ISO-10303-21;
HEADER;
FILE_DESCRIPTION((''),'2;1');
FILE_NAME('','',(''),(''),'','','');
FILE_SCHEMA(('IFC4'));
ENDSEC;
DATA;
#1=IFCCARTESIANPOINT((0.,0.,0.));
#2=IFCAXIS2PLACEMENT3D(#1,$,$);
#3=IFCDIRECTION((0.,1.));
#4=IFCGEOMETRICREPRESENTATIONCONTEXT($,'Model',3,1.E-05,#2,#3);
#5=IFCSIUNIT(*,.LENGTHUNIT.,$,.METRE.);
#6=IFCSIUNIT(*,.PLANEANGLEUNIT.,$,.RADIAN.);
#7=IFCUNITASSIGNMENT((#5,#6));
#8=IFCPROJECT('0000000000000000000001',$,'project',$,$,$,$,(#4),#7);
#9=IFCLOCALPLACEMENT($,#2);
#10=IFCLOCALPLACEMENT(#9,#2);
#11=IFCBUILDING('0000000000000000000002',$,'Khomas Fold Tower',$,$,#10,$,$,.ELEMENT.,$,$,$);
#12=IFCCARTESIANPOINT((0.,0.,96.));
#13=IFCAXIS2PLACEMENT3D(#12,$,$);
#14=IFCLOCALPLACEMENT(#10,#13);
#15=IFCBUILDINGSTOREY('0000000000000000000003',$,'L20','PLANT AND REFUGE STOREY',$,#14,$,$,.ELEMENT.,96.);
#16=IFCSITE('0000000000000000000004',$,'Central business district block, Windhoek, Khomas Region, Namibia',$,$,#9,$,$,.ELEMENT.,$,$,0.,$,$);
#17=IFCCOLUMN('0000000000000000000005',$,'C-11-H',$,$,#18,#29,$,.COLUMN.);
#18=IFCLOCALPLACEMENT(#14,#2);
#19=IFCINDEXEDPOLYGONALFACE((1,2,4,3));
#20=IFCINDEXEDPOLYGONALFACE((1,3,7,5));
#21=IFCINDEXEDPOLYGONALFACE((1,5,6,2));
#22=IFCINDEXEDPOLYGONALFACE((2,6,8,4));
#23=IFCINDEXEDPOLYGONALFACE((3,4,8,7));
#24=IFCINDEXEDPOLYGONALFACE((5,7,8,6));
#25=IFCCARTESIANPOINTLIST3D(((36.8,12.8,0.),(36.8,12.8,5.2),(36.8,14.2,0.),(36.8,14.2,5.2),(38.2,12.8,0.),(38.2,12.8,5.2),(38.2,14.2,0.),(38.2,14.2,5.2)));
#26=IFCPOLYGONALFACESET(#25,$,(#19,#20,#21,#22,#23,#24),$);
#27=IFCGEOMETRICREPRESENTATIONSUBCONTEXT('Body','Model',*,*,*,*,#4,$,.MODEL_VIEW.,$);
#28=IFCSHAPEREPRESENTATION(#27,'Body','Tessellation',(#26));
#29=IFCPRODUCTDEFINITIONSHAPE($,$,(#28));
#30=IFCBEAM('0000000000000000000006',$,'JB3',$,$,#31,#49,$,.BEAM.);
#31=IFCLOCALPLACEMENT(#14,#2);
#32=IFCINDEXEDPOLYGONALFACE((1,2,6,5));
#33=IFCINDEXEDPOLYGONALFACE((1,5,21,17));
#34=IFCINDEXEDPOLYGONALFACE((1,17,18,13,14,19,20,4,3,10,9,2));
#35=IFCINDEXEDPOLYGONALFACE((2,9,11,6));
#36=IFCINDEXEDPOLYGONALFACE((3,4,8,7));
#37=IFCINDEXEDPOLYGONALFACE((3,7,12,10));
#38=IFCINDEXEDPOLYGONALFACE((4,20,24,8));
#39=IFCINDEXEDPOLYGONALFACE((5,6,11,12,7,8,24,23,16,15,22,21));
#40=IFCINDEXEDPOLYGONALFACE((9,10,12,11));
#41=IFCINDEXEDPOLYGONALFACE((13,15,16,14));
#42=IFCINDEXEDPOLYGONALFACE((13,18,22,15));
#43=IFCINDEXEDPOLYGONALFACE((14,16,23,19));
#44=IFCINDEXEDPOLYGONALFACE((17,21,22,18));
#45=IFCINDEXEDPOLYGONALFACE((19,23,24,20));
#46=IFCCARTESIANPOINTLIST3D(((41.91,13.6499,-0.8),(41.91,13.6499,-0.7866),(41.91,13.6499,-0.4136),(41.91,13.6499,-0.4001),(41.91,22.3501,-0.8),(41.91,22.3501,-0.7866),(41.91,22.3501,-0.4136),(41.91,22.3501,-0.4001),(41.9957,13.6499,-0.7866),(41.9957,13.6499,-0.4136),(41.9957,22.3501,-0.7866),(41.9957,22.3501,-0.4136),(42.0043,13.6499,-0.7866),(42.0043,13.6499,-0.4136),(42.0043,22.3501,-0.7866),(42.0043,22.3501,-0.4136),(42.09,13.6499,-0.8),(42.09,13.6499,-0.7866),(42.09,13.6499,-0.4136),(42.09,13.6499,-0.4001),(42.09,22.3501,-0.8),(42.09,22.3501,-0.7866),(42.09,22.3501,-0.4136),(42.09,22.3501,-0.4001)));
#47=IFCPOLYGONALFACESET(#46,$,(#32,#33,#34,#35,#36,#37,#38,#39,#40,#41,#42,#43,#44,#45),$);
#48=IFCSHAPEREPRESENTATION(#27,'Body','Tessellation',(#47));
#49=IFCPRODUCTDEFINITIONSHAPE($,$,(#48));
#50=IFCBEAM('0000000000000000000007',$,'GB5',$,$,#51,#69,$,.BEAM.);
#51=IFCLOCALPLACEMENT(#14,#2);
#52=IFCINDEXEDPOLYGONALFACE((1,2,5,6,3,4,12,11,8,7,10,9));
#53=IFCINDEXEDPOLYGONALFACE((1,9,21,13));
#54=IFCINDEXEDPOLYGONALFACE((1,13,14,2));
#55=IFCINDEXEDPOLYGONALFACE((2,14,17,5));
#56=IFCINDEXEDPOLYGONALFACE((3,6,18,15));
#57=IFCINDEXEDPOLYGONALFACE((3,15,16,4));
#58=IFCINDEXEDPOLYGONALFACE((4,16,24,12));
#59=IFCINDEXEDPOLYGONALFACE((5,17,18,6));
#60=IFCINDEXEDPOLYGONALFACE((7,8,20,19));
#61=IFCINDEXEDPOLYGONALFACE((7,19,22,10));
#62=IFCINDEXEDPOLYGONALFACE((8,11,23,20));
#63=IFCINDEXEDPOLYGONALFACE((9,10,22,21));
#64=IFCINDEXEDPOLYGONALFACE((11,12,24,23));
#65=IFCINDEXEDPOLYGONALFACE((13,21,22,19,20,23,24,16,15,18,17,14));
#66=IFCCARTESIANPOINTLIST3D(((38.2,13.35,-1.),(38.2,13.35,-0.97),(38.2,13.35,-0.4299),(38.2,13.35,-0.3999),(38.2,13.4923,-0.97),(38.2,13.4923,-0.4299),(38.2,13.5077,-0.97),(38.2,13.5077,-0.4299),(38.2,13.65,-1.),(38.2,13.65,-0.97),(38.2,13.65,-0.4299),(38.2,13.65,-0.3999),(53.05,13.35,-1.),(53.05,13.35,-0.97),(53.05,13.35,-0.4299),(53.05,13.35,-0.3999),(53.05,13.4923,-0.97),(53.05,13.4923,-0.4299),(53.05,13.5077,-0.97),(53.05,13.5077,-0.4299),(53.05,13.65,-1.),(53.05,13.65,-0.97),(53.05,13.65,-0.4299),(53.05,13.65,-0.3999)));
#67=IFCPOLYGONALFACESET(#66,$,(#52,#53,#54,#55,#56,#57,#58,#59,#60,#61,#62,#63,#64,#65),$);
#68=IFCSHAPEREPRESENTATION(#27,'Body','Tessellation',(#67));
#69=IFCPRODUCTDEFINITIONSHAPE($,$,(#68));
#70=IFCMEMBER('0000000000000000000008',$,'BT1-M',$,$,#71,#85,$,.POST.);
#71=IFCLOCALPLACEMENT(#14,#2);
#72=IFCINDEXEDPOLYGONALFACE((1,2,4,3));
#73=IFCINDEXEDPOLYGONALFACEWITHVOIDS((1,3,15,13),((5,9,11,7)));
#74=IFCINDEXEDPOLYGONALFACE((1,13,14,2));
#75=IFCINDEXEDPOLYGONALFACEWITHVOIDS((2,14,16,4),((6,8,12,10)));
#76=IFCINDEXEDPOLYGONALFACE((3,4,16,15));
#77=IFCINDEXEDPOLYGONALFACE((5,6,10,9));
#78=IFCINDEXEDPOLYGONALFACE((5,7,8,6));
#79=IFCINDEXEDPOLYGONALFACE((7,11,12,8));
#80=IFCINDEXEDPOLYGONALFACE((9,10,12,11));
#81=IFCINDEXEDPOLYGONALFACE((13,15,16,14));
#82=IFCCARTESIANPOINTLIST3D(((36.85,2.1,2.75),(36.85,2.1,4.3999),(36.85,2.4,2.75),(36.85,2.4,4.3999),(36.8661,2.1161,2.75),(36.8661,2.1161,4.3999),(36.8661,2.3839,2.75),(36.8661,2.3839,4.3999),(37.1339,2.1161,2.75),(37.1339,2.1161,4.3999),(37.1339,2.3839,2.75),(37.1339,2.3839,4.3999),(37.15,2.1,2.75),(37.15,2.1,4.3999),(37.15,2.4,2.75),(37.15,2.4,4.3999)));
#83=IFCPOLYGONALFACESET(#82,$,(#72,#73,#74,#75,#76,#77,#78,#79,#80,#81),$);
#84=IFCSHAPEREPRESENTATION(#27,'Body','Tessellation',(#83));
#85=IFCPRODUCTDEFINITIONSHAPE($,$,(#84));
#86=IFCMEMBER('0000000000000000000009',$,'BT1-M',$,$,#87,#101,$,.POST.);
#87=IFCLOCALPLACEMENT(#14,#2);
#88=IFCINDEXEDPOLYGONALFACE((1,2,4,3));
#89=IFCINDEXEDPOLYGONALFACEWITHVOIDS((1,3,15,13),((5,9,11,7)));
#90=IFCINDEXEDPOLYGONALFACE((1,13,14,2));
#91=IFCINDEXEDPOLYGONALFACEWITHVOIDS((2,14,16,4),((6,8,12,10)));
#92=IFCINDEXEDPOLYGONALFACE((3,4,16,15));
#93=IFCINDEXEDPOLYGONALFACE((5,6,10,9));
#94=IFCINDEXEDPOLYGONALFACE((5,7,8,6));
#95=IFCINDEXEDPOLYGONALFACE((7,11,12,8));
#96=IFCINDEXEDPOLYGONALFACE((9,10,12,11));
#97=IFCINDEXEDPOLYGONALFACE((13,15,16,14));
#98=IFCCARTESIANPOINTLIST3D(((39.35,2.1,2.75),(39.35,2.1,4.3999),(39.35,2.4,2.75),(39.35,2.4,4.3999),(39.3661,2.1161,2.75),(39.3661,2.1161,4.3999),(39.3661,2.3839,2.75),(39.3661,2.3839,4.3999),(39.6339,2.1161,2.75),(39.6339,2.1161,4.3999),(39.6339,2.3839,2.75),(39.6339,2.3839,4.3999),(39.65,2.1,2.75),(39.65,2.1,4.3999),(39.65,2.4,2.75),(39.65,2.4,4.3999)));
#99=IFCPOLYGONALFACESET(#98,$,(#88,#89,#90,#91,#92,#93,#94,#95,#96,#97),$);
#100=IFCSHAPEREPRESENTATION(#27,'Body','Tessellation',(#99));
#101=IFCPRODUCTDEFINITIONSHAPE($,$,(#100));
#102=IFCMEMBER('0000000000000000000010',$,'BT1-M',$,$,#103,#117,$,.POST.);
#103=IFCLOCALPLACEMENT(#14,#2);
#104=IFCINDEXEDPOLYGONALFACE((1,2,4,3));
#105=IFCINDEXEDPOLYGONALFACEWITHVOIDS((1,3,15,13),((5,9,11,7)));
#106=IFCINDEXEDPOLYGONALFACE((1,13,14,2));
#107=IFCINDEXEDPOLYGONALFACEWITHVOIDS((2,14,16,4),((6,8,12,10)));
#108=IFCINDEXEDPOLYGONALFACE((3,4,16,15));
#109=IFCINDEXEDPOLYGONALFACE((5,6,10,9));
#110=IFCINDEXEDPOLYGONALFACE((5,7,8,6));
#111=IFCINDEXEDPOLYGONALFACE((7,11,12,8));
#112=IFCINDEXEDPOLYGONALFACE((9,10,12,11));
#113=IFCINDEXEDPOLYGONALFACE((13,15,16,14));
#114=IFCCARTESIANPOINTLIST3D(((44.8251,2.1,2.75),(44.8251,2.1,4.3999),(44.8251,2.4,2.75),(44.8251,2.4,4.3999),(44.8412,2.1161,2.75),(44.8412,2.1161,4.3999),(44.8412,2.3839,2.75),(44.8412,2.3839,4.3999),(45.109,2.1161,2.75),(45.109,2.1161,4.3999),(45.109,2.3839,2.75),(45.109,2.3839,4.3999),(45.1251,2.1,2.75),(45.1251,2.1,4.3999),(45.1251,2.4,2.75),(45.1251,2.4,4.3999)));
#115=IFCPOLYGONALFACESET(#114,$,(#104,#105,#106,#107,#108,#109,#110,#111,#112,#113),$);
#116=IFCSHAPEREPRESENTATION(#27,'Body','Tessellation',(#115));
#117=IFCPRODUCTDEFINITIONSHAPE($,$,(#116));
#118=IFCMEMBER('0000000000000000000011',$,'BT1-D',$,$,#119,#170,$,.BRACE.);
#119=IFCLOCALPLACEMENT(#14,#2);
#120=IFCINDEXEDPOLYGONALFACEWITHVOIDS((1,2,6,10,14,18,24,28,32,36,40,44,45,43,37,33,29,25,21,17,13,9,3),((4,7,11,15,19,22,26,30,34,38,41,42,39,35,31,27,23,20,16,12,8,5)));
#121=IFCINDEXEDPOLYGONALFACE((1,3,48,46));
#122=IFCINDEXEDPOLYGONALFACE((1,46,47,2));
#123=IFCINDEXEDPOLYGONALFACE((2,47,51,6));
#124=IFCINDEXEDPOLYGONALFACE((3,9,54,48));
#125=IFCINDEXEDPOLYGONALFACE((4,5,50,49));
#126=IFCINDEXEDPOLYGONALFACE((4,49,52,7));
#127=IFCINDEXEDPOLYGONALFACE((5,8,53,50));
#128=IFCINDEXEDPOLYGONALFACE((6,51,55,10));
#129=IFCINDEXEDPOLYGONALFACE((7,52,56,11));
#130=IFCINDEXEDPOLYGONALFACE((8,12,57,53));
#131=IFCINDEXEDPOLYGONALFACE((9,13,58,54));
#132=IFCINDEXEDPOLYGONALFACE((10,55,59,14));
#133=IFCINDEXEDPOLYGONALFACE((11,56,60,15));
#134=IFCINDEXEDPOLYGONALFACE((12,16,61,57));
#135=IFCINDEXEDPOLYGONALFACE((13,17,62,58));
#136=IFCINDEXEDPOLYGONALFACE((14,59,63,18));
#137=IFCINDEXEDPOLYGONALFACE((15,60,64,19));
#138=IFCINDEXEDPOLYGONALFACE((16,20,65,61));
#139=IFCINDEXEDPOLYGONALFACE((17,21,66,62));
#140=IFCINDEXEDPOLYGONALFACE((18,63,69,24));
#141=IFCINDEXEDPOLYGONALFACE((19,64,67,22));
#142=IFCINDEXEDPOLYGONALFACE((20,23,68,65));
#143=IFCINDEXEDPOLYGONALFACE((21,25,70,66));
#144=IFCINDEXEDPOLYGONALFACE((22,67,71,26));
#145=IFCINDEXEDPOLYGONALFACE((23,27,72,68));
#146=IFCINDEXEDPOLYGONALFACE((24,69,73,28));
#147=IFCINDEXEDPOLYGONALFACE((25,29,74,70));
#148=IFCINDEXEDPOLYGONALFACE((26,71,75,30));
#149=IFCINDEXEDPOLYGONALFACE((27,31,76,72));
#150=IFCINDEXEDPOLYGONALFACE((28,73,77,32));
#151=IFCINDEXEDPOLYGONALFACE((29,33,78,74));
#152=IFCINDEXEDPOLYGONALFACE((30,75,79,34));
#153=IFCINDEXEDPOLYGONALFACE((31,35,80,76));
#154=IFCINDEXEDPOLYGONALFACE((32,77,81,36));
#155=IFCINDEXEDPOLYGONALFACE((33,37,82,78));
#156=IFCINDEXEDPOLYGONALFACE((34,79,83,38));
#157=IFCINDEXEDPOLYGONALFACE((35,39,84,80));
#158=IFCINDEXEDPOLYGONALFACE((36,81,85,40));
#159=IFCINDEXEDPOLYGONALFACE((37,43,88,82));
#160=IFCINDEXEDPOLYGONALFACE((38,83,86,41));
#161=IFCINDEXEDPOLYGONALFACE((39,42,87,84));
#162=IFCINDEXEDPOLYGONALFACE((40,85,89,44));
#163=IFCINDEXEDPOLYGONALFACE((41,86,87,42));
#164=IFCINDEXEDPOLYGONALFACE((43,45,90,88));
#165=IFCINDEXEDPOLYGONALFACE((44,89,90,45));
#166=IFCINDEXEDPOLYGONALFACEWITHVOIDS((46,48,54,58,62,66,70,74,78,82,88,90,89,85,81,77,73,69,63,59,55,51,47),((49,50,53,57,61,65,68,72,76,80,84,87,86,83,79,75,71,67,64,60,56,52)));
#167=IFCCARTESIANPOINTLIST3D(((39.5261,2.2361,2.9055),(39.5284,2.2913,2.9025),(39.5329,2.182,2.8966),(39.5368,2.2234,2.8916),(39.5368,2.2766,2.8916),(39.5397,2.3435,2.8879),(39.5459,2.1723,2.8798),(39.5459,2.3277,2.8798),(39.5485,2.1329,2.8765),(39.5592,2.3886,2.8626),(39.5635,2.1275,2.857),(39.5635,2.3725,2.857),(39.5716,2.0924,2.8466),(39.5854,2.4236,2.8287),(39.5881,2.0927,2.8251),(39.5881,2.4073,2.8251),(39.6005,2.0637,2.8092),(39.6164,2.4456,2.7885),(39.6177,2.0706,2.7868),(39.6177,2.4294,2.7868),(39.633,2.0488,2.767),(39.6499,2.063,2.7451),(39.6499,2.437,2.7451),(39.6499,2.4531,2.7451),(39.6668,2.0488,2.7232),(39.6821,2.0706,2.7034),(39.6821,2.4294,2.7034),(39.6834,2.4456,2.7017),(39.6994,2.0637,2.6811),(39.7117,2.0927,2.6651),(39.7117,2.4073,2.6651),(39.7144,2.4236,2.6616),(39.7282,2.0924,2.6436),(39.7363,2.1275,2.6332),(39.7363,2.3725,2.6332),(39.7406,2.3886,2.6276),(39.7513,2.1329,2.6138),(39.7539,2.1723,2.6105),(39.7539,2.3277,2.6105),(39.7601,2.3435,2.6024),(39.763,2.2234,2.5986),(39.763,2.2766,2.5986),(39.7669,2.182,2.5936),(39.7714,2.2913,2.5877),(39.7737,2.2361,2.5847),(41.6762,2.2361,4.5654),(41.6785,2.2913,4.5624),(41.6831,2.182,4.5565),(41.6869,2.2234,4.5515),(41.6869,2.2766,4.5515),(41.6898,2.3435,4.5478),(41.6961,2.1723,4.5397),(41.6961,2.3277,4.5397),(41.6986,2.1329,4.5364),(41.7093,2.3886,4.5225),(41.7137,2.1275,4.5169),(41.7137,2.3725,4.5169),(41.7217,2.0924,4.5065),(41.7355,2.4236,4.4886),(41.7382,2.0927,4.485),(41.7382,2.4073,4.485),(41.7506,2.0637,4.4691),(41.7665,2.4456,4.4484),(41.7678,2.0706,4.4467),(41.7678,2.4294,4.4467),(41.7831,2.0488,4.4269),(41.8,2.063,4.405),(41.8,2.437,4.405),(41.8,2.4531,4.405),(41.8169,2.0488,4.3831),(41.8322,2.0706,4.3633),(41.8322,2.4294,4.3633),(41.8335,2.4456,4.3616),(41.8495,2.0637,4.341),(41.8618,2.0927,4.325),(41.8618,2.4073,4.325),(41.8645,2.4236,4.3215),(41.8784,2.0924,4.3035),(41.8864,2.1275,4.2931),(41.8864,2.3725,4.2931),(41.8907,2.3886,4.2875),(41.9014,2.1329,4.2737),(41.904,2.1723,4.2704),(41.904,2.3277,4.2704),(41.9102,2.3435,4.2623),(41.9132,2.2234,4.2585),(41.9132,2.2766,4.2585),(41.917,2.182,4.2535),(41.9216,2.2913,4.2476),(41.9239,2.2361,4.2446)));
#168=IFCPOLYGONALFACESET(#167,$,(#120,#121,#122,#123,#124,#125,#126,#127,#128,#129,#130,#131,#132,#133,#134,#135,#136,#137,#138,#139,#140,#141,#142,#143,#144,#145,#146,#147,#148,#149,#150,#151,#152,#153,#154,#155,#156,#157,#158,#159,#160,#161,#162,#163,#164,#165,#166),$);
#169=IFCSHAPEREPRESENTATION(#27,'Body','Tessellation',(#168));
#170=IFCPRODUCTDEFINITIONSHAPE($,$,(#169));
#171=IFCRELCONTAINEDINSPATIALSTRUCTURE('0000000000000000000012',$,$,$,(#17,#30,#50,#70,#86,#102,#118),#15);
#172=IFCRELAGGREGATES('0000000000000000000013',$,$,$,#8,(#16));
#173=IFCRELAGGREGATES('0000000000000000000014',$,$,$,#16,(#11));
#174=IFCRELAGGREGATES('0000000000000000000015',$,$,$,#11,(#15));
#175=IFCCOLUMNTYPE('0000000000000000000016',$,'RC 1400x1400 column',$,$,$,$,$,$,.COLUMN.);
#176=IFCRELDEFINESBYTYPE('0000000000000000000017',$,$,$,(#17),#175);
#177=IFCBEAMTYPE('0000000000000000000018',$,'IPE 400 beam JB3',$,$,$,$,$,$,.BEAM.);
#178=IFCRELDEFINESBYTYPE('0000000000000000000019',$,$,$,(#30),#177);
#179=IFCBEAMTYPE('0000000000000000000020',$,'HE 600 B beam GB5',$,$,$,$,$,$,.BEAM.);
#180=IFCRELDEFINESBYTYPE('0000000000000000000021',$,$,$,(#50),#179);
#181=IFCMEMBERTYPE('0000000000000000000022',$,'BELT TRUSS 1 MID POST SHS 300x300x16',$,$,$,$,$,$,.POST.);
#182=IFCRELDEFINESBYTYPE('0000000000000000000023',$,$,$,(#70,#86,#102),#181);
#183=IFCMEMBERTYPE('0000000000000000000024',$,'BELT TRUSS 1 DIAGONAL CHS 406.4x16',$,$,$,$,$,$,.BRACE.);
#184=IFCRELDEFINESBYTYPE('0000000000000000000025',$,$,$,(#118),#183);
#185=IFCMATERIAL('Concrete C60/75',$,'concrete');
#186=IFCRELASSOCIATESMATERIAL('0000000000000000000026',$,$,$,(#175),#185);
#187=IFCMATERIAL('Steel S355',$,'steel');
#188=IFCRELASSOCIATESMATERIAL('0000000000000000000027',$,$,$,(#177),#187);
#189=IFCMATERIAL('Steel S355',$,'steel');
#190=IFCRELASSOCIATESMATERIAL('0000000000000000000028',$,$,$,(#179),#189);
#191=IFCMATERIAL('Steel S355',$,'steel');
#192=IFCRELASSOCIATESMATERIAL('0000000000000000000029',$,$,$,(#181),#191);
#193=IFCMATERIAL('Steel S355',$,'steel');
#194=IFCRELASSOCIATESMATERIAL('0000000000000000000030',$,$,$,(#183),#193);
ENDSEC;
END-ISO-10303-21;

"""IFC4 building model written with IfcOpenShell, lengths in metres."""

from ifc_helpers import new_model, si_unit, direction, frame, origin, origin_2d, place, context, subcontext, project, spatial, rectangle, hollow_rectangle, hollow_circle, i_section, extrude, source, transform, mapped, material, material_profile, profile_set, type_object, element, save


model = new_model("IFC4")

# Units and contexts
model_context = context("Model", 3, precision=1e-05, world=origin(), true_north=direction((0.0, 1.0)))
body_context = subcontext(model_context, "Body", "Model", "MODEL_VIEW")
ifc_project = project(units=[si_unit("LENGTHUNIT", "METRE"), si_unit("PLANEANGLEUNIT", "RADIAN")], contexts=[model_context])

# Site, building, storey
site_placement = place(None, origin())
site = spatial("IfcSite", under=ifc_project, at=site_placement, Name="Central business district block, Windhoek, Khomas Region, Namibia", CompositionType="ELEMENT", RefElevation=0.0)
building_placement = place(site_placement, origin())
building = spatial("IfcBuilding", under=site, at=building_placement, Name="Khomas Fold Tower", CompositionType="ELEMENT")
storey_placement = place(building_placement, frame((0.0, 0.0, 96.0)))
storey = spatial("IfcBuildingStorey", under=building, at=storey_placement, Name="L20", Description="PLANT AND REFUGE STOREY", CompositionType="ELEMENT", Elevation=96.0)

# Column
ifc_material_1 = material(Name="Concrete C60/75", Category="concrete")
ifc_material_profile_1 = material_profile(ifc_material_1, rectangle(XDim=1.3999, YDim=1.3999, at=origin_2d()), Name="RC 1400x1400")
ifc_profile_set_1 = profile_set([ifc_material_profile_1], Name="Concrete C60/75")
column_type = type_object("IfcColumnType", Name="RC 1400x1400 column", PredefinedType="COLUMN", material=ifc_profile_set_1)
shared_shape_1 = source(origin(), body_context, "Body", "SweptSolid", [
    extrude(rectangle(XDim=1.3999, YDim=1.3999, at=origin_2d()), origin(), (0.0, 0.0, 1.0), 5.2),
])
column_placement = place(storey_placement, frame((37.5, 13.5, 0.0), z_axis=(0.0, 0.0, 1.0), x_axis=(1.0, 0.0, 0.0)))
element("IfcColumn", 1, at=column_placement, inside=storey, type_object=column_type, Name="C-11-H", PredefinedType="COLUMN", context=body_context, shape_type="MappedRepresentation", body=[
    mapped(shared_shape_1, transform((0.0, 0.0, 0.0))),
])

# Beams
ifc_material_2 = material(Name="Steel S355", Category="steel")
ifc_material_profile_2 = material_profile(ifc_material_2, i_section(OverallWidth=0.1799, OverallDepth=0.3999, WebThickness=0.0085, FlangeThickness=0.0134, at=origin_2d()), Name="IPE 400")
ifc_profile_set_2 = profile_set([ifc_material_profile_2], Name="Steel S355")
beam_type_1 = type_object("IfcBeamType", Name="IPE 400 beam JB3", PredefinedType="BEAM", material=ifc_profile_set_2)
shared_shape_2 = source(origin(), body_context, "Body", "SweptSolid", [
    extrude(i_section(OverallWidth=0.1799, OverallDepth=0.3999, WebThickness=0.0085, FlangeThickness=0.0134, at=origin_2d()), origin(), (0.0, 0.0, 1.0), 8.7002),
])
beam_1_placement = place(storey_placement, frame((42.0, 13.6499, -0.6001), z_axis=(0.0, 1.0, 0.0), x_axis=(-1.0, 0.0, 0.0)))
element("IfcBeam", 2, at=beam_1_placement, inside=storey, type_object=beam_type_1, Name="JB3", PredefinedType="BEAM", context=body_context, shape_type="MappedRepresentation", body=[
    mapped(shared_shape_2, transform((0.0, 0.0, 0.0))),
])
ifc_material_3 = material(Name="Steel S355", Category="steel")
ifc_material_profile_3 = material_profile(ifc_material_3, i_section(OverallWidth=0.3, OverallDepth=0.6001, WebThickness=0.0154, FlangeThickness=0.03, at=origin_2d()), Name="HE 600 B")
ifc_profile_set_3 = profile_set([ifc_material_profile_3], Name="Steel S355")
beam_type_2 = type_object("IfcBeamType", Name="HE 600 B beam GB5", PredefinedType="BEAM", material=ifc_profile_set_3)
shared_shape_3 = source(origin(), body_context, "Body", "SweptSolid", [
    extrude(i_section(OverallWidth=0.3, OverallDepth=0.6001, WebThickness=0.0154, FlangeThickness=0.03, at=origin_2d()), origin(), (0.0, 0.0, 1.0), 14.8501),
])
beam_2_placement = place(storey_placement, frame((38.2, 13.5, -0.7), z_axis=(1.0, 0.0, 0.0), x_axis=(0.0, 1.0, 0.0)))
element("IfcBeam", 3, at=beam_2_placement, inside=storey, type_object=beam_type_2, Name="GB5", PredefinedType="BEAM", context=body_context, shape_type="MappedRepresentation", body=[
    mapped(shared_shape_3, transform((0.0, 0.0, 0.0))),
])

# Members
ifc_material_4 = material(Name="Steel S355", Category="steel")
ifc_material_profile_4 = material_profile(ifc_material_4, hollow_rectangle(XDim=0.3, YDim=0.3, WallThickness=0.0161, at=origin_2d()), Name="SHS 300x300x16")
ifc_profile_set_4 = profile_set([ifc_material_profile_4], Name="Steel S355")
member_type_1 = type_object("IfcMemberType", Name="BELT TRUSS 1 MID POST SHS 300x300x16", PredefinedType="POST", material=ifc_profile_set_4)
shared_shape_4 = source(origin(), body_context, "Body", "SweptSolid", [
    extrude(hollow_rectangle(XDim=0.3, YDim=0.3, WallThickness=0.0161, at=origin_2d()), origin(), (0.0, 0.0, 1.0), 1.6499),
])
for number, where, z_axis, x_axis, name in (
    (4, (37.0, 2.25, 2.75), (0.0, 0.0, 1.0), (1.0, 0.0, 0.0), "BT1-M"),
    (5, (39.5, 2.25, 2.75), (0.0, 0.0, 1.0), (1.0, 0.0, 0.0), "BT1-M"),
    (6, (44.9751, 2.25, 2.75), (0.0, 0.0, 1.0), (1.0, 0.0, 0.0), "BT1-M"),
):
    element("IfcMember", number, at=place(storey_placement, frame(where, z_axis=z_axis, x_axis=x_axis)), inside=storey, type_object=member_type_1, Name=name, PredefinedType="POST", context=body_context, shape_type="MappedRepresentation", body=[
        mapped(shared_shape_4, transform((0.0, 0.0, 0.0))),
    ])
ifc_material_5 = material(Name="Steel S355", Category="steel")
ifc_material_profile_5 = material_profile(ifc_material_5, hollow_circle(Radius=0.2031, WallThickness=0.0161, at=origin_2d()), Name="CHS 406.4x16")
ifc_profile_set_5 = profile_set([ifc_material_profile_5], Name="Steel S355")
member_type_2 = type_object("IfcMemberType", Name="BELT TRUSS 1 DIAGONAL CHS 406.4x16", PredefinedType="BRACE", material=ifc_profile_set_5)
shared_shape_5 = source(origin(), body_context, "Body", "SweptSolid", [
    extrude(hollow_circle(Radius=0.2031, WallThickness=0.0161, at=origin_2d()), origin(), (0.0, 0.0, 1.0), 2.7163),
])
member_1_placement = place(storey_placement, frame((39.6499, 2.25, 2.7451), z_axis=(0.791564, 0.0, 0.611087), x_axis=(0.0, 1.0, 0.0)))
element("IfcMember", 7, at=member_1_placement, inside=storey, type_object=member_type_2, Name="BT1-D", PredefinedType="BRACE", context=body_context, shape_type="MappedRepresentation", body=[
    mapped(shared_shape_5, transform((0.0, 0.0, 0.0))),
])

save(model, "model.ifc")
